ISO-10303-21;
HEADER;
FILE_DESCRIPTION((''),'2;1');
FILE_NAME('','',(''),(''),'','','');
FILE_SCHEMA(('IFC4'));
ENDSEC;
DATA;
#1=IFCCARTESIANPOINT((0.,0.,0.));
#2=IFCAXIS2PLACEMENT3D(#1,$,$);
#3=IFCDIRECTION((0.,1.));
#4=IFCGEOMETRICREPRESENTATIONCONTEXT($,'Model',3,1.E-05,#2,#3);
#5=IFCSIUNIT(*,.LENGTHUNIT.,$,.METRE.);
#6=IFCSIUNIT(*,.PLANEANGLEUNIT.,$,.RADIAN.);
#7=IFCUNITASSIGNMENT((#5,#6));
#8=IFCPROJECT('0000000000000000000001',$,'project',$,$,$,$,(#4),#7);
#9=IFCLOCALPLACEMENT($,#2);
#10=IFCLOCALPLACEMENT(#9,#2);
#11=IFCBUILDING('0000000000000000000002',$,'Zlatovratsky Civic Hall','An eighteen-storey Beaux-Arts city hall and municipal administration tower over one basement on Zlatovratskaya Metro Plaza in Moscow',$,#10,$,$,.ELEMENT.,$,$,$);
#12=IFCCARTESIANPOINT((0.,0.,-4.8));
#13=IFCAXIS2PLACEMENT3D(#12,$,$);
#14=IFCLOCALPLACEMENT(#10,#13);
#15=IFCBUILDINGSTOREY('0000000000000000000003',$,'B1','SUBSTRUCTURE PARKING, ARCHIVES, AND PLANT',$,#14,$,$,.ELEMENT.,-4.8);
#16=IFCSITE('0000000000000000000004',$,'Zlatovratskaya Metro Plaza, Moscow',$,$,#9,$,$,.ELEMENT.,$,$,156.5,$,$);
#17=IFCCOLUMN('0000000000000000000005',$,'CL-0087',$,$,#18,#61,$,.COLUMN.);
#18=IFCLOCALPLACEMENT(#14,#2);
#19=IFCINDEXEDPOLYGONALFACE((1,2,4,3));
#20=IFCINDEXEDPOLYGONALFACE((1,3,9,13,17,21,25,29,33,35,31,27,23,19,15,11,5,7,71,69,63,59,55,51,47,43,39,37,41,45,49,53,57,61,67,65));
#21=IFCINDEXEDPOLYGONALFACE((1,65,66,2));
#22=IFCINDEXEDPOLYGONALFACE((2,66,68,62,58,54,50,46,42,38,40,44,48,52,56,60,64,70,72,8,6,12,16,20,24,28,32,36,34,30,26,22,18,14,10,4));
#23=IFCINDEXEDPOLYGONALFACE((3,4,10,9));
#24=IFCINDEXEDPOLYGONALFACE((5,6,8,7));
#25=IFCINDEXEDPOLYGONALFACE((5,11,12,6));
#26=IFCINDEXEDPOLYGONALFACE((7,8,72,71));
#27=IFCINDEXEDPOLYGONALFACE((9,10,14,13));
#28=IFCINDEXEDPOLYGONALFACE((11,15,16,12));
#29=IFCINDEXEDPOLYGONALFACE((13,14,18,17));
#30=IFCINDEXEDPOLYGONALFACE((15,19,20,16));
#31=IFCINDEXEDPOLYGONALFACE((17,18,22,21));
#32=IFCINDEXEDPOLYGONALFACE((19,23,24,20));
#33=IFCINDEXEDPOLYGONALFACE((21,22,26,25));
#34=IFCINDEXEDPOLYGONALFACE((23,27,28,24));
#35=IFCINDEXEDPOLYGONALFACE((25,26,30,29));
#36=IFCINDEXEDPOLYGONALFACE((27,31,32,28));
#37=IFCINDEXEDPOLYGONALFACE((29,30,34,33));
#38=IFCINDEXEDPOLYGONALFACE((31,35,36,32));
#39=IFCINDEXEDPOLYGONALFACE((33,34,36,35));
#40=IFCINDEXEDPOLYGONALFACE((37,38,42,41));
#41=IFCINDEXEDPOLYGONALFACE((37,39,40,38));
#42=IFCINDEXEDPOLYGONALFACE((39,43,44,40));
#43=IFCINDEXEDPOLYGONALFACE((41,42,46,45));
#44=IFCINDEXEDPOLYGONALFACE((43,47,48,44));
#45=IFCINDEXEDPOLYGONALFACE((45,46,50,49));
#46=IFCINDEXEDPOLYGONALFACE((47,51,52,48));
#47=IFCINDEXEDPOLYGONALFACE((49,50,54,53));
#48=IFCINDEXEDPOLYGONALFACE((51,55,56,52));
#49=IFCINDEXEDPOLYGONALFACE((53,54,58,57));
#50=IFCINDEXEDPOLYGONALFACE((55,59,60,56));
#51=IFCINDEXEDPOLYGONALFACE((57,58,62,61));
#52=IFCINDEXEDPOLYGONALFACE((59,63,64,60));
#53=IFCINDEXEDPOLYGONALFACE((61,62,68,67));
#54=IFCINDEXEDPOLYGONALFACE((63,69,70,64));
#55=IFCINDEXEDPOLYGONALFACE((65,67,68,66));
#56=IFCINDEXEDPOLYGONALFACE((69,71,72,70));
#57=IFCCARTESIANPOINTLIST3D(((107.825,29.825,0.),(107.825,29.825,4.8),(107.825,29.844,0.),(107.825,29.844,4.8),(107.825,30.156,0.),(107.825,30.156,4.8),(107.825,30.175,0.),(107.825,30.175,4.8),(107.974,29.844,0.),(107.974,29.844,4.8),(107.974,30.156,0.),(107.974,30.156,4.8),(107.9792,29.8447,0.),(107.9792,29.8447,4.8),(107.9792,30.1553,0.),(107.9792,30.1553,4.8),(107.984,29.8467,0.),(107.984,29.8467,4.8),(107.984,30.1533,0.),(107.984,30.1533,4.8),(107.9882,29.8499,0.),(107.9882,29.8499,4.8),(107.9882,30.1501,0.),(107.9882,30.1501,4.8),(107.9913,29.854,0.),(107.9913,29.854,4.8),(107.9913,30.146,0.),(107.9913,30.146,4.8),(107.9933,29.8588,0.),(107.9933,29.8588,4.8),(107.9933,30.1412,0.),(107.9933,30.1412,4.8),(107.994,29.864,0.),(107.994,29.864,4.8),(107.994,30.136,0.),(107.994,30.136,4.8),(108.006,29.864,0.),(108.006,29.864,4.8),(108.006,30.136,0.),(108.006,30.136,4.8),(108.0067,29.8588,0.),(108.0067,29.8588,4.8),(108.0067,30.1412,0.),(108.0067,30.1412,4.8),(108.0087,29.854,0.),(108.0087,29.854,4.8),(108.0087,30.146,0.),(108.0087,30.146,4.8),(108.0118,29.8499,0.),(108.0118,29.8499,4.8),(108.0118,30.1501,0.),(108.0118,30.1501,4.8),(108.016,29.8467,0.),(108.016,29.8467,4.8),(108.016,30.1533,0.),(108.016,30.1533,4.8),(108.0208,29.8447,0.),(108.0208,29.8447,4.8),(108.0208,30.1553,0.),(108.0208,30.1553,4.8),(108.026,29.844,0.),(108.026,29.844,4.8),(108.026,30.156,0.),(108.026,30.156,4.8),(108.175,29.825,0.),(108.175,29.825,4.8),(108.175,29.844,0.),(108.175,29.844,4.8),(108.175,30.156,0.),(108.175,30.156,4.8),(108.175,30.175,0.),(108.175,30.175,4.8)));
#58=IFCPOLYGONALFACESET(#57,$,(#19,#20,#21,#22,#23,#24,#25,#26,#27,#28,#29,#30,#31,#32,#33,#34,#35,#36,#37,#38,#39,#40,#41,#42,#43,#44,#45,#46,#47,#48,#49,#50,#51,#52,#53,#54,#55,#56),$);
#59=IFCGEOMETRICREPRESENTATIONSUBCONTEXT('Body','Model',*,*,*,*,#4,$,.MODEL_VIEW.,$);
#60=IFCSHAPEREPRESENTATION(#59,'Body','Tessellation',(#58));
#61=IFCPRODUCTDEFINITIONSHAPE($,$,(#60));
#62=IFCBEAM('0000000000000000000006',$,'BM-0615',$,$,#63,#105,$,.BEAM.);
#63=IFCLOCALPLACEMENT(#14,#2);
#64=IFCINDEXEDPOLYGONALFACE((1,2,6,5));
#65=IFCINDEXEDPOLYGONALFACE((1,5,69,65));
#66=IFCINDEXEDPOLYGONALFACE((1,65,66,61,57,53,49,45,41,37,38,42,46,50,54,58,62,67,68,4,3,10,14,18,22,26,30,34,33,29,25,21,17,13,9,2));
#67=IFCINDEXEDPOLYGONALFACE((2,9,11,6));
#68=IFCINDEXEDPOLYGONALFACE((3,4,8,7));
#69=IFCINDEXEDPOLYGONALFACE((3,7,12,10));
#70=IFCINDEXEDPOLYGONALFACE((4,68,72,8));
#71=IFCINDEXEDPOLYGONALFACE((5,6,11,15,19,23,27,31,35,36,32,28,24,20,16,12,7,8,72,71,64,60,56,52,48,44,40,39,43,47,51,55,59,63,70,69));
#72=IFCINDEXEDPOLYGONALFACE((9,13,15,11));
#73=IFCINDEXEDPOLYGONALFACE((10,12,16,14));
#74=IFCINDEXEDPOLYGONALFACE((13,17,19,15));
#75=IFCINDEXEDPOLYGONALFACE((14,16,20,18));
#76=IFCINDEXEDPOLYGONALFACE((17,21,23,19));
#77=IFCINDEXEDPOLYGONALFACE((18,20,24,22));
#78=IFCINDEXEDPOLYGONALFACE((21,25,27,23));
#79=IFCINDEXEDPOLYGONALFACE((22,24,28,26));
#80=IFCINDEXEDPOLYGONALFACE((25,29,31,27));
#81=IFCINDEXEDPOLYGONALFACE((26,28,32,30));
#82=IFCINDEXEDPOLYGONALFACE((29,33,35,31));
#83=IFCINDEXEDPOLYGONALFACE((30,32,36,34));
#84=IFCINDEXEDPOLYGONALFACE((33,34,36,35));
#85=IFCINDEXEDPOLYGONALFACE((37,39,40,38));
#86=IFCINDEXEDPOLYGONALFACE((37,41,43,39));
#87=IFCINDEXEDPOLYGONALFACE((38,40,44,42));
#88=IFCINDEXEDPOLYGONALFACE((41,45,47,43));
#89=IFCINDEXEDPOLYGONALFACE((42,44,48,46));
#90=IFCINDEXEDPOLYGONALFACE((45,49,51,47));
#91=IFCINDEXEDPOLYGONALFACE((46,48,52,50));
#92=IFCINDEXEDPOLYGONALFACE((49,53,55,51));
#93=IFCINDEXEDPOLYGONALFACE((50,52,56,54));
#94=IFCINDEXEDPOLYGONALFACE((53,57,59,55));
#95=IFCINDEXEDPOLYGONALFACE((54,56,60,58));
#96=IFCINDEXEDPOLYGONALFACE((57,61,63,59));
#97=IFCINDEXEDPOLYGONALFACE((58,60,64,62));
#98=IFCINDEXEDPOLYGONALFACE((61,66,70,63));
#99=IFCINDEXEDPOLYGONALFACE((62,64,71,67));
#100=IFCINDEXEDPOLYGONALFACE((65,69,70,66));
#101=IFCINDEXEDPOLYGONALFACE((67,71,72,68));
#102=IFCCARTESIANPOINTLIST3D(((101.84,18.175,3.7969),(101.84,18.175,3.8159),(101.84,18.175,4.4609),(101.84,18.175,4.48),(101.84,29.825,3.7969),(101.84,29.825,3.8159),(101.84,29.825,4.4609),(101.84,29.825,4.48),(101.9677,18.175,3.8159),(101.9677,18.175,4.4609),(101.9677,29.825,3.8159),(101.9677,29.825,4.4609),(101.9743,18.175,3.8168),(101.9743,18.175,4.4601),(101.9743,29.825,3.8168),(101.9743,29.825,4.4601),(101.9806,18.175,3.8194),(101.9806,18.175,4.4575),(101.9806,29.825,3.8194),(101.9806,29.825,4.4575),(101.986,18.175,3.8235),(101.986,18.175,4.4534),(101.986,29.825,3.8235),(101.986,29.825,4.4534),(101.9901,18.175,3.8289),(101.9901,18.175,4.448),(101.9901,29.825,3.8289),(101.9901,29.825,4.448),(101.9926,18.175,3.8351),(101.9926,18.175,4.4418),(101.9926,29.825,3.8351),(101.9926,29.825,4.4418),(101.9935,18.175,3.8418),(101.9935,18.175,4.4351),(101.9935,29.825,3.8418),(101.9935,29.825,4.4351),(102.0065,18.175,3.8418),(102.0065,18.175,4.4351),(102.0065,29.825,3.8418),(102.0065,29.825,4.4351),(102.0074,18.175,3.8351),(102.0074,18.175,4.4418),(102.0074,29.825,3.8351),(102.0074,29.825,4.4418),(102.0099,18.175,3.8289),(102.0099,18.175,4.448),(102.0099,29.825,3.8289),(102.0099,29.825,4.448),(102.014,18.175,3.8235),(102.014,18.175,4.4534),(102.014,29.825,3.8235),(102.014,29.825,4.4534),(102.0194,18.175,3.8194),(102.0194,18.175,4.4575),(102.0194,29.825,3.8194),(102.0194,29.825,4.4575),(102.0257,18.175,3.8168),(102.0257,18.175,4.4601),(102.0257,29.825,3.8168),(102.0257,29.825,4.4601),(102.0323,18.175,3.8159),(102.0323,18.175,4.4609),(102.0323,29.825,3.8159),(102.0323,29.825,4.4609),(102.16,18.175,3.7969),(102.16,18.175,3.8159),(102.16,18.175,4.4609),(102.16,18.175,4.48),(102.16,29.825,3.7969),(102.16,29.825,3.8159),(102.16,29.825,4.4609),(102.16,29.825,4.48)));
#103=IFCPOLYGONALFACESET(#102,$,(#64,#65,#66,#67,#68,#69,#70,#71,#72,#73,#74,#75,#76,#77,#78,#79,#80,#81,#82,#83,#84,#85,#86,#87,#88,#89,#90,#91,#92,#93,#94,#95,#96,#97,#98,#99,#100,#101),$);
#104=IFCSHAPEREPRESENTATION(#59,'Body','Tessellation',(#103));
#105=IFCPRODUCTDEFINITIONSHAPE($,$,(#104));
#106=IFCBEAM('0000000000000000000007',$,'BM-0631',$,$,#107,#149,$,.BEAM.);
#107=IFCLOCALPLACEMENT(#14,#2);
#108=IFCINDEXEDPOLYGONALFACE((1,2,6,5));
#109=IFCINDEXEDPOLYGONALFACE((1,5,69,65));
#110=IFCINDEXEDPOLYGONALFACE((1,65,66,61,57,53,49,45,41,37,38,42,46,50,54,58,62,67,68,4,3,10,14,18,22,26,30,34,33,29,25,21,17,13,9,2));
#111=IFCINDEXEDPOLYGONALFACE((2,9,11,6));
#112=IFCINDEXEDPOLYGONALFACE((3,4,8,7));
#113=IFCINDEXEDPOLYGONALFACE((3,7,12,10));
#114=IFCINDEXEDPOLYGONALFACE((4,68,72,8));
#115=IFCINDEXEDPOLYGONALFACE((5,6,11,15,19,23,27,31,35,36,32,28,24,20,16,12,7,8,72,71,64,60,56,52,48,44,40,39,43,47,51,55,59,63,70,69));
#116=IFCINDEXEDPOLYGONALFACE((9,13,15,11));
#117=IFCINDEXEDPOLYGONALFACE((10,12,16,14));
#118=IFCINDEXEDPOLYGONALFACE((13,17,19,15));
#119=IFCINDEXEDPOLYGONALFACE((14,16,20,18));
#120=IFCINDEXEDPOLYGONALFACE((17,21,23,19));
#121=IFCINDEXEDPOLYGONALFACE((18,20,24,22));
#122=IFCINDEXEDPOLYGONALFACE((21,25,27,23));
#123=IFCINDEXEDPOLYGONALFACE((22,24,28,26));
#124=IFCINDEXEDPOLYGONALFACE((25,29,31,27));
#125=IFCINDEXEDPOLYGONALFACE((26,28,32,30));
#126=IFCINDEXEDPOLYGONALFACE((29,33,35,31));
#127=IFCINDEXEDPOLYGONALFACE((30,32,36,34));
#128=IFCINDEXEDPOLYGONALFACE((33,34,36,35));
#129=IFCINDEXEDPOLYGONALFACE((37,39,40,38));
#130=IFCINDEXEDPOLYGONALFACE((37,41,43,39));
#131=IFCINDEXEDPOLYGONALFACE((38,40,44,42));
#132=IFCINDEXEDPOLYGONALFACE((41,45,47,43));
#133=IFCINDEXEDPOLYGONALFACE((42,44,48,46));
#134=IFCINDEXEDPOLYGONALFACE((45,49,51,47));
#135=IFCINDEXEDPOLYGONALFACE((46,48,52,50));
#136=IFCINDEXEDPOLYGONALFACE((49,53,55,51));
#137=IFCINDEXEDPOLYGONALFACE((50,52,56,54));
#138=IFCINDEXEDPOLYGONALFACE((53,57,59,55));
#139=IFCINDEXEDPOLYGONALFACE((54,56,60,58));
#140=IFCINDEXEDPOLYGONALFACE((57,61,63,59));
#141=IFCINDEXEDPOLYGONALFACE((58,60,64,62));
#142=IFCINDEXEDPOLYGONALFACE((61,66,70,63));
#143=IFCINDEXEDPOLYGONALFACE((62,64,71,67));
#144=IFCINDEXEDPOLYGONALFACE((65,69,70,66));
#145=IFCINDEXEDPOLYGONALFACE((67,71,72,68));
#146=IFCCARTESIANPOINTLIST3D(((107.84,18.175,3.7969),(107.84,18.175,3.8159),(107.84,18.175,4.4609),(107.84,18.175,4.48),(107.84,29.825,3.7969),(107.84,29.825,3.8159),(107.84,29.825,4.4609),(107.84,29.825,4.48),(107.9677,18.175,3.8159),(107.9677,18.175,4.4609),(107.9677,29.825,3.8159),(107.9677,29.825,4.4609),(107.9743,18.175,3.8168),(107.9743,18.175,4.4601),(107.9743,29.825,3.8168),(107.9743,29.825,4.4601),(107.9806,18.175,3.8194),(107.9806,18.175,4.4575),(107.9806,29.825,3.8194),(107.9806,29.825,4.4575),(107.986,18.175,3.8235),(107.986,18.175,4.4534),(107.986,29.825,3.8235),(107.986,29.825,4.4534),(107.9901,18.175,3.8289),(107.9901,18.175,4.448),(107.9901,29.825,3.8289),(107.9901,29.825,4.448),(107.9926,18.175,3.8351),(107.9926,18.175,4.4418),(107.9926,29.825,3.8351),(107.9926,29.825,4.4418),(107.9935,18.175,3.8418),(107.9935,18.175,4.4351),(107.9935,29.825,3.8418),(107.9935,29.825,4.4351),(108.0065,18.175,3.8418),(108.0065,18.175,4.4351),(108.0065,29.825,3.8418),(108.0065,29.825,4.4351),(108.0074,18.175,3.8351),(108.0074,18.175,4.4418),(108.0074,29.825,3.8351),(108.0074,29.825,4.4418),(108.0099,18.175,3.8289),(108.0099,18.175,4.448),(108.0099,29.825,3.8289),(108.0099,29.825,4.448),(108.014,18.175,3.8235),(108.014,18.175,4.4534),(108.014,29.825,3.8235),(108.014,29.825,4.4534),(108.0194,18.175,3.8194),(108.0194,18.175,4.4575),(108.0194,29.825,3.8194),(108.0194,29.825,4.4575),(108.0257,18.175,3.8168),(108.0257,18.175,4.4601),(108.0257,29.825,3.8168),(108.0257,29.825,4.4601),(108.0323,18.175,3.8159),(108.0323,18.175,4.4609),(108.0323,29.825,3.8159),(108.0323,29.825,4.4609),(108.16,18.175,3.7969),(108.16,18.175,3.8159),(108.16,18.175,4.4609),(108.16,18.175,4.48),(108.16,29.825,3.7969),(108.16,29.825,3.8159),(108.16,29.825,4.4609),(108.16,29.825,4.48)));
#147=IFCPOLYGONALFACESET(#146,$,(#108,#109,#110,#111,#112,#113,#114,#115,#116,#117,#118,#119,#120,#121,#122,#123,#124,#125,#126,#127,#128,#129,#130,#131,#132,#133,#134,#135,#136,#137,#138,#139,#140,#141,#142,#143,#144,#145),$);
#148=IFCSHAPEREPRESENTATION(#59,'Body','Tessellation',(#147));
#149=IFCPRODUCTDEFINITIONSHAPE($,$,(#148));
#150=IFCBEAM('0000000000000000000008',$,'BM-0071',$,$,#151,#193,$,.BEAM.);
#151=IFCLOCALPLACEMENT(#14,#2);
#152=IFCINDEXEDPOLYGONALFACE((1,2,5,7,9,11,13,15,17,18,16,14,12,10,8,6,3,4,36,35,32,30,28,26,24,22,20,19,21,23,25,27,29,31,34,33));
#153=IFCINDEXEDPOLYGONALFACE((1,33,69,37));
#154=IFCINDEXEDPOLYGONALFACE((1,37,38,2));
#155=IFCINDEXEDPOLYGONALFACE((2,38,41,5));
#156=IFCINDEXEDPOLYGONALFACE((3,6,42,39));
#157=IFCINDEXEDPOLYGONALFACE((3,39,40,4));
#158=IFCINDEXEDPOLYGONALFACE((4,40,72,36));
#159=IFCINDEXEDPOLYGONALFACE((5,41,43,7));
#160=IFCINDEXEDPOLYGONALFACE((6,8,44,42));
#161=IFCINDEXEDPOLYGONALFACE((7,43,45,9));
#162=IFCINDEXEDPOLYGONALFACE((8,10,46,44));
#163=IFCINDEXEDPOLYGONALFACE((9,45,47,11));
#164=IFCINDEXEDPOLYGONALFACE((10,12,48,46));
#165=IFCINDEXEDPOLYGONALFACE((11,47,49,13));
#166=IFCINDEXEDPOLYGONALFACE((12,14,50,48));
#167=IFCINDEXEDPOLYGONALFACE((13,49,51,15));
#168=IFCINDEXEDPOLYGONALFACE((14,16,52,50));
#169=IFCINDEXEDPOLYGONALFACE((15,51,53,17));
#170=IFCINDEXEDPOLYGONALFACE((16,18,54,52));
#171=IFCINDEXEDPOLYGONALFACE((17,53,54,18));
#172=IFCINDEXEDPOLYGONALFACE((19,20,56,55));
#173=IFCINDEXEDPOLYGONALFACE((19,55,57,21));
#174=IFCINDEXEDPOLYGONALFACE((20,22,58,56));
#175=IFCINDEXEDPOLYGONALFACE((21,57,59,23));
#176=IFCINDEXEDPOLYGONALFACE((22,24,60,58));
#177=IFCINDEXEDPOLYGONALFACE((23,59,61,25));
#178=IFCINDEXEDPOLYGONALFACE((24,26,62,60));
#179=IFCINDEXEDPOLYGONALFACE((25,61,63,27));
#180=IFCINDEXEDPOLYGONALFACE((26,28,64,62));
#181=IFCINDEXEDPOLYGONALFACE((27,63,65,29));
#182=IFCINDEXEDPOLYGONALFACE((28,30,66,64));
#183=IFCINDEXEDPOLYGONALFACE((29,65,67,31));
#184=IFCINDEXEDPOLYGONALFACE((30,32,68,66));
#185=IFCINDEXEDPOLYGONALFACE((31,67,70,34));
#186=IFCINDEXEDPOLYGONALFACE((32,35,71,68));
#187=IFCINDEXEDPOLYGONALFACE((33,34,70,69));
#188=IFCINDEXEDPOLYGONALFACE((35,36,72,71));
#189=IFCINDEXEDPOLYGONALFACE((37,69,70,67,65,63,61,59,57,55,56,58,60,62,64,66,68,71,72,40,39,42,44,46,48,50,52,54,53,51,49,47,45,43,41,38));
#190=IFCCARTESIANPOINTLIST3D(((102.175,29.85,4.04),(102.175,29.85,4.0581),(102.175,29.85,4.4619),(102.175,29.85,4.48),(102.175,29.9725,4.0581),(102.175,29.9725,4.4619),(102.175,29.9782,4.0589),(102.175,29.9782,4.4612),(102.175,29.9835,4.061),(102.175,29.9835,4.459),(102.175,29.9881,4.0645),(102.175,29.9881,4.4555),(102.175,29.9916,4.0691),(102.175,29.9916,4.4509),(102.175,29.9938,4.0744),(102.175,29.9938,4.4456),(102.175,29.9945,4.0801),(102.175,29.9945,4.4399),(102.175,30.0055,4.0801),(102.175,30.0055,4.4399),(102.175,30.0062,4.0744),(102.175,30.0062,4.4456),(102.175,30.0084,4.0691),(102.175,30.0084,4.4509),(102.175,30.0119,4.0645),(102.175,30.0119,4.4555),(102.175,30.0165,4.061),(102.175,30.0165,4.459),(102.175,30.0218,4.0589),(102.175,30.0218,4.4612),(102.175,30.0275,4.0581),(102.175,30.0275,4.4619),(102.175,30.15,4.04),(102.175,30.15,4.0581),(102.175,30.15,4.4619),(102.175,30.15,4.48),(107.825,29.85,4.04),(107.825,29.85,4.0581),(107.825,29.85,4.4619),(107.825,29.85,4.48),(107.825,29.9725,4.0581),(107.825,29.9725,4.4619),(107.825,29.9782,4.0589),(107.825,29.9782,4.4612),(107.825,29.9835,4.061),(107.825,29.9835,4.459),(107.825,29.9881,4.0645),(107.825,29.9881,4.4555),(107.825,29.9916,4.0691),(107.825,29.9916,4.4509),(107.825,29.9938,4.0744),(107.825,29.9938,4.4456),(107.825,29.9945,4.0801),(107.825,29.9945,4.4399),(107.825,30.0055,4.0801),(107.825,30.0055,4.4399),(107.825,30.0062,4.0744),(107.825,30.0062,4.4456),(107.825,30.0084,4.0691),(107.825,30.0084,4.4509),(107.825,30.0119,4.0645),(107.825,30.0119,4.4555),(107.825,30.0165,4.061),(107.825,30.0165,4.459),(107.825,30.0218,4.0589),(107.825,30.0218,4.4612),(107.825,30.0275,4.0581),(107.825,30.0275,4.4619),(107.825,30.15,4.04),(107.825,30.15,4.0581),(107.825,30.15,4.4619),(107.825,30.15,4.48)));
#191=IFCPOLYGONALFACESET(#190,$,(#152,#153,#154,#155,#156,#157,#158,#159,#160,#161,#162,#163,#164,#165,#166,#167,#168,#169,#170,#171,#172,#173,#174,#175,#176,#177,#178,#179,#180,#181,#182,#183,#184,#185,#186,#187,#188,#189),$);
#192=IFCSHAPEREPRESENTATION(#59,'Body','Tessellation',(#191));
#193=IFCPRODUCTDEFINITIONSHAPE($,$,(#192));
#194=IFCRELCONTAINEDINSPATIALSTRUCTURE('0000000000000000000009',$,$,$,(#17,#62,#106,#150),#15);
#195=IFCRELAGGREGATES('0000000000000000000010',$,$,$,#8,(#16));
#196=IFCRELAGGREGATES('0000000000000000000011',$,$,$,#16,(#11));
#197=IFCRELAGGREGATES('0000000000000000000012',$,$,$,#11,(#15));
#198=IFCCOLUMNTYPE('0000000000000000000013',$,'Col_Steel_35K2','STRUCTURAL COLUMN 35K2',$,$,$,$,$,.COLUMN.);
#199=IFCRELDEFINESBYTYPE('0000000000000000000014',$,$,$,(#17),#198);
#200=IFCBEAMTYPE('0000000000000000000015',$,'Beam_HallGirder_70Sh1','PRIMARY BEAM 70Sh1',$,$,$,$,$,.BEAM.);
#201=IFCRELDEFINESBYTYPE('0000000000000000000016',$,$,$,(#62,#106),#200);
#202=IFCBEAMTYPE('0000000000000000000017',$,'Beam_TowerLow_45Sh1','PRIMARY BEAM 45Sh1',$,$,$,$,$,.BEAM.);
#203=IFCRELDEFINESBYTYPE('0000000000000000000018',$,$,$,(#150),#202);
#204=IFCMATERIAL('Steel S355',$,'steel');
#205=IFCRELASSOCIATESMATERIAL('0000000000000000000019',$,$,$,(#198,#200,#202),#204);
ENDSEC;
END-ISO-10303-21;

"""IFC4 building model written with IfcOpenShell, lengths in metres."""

from ifc_helpers import new_model, si_unit, direction, frame, origin, origin_2d, place, context, subcontext, project, spatial, i_section, extrude, material, material_profile, profile_set, type_object, element, save


model = new_model("IFC4")

# Units and contexts
model_context = context("Model", 3, precision=1e-05, world=origin(), true_north=direction((0.0, 1.0)))
body_context = subcontext(model_context, "Body", "Model", "MODEL_VIEW")
ifc_project = project(units=[si_unit("LENGTHUNIT", "METRE"), si_unit("PLANEANGLEUNIT", "RADIAN")], contexts=[model_context])

# Site, building, storey
site_placement = place(None, origin())
site = spatial("IfcSite", under=ifc_project, at=site_placement, Name="Zlatovratskaya Metro Plaza, Moscow", CompositionType="ELEMENT", RefElevation=156.5)
building_placement = place(site_placement, origin())
building = spatial("IfcBuilding", under=site, at=building_placement, Name="Zlatovratsky Civic Hall", Description="An eighteen-storey Beaux-Arts city hall and municipal administration tower over one basement on Zlatovratskaya Metro Plaza in Moscow", CompositionType="ELEMENT")
storey_placement = place(building_placement, frame((0.0, 0.0, -4.8)))
storey = spatial("IfcBuildingStorey", under=building, at=storey_placement, Name="B1", Description="SUBSTRUCTURE PARKING, ARCHIVES, AND PLANT", CompositionType="ELEMENT", Elevation=-4.8)

# Column
ifc_material_1 = material(Name="Steel S355", Category="steel")
ifc_material_profile_1 = material_profile(ifc_material_1, i_section(OverallWidth=0.3501, OverallDepth=0.3501, WebThickness=0.012, FlangeThickness=0.019, FilletRadius=0.02, at=origin_2d()), Name="35K2")
ifc_profile_set_1 = profile_set([ifc_material_profile_1], Name="Steel S355")
column_type = type_object("IfcColumnType", Name="Col_Steel_35K2", Description="STRUCTURAL COLUMN 35K2", PredefinedType="COLUMN", material=ifc_profile_set_1)
for number, where, z_axis, x_axis, name in (
    (1, (108.0, 30.0, 0.0), (0.0, 0.0, 1.0), (1.0, 0.0, 0.0), "CL-0087"),
):
    element("IfcColumn", number, at=place(storey_placement, frame(where, z_axis=z_axis, x_axis=x_axis)), inside=storey, type_object=column_type, Name=name, PredefinedType="COLUMN", context=body_context, shape_type="SweptSolid", body=[
        extrude(i_section(OverallWidth=0.3501, OverallDepth=0.3501, WebThickness=0.012, FlangeThickness=0.019, FilletRadius=0.02, at=origin_2d()), origin(), (0.0, 0.0, 1.0), 4.8),
    ])

# Beams
ifc_material_profile_2 = material_profile(ifc_material_1, i_section(OverallWidth=0.3201, OverallDepth=0.6831, WebThickness=0.0129, FlangeThickness=0.019, FilletRadius=0.0259, at=origin_2d()), Name="70Sh1")
ifc_profile_set_2 = profile_set([ifc_material_profile_2], Name="Steel S355")
beam_type_1 = type_object("IfcBeamType", Name="Beam_HallGirder_70Sh1", Description="PRIMARY BEAM 70Sh1", PredefinedType="BEAM", material=ifc_profile_set_2)
for number, where, z_axis, x_axis, name in (
    (2, (102.0, 18.175, 4.1384), (0.0, 1.0, 0.0), (-1.0, 0.0, 0.0), "BM-0615"),
    (3, (108.0, 18.175, 4.1384), (0.0, 1.0, 0.0), (-1.0, 0.0, 0.0), "BM-0631"),
):
    element("IfcBeam", number, at=place(storey_placement, frame(where, z_axis=z_axis, x_axis=x_axis)), inside=storey, type_object=beam_type_1, Name=name, PredefinedType="BEAM", context=body_context, shape_type="SweptSolid", body=[
        extrude(i_section(OverallWidth=0.3201, OverallDepth=0.6831, WebThickness=0.0129, FlangeThickness=0.019, FilletRadius=0.0259, at=origin_2d()), origin(), (0.0, 0.0, 1.0), 11.6499),
    ])
ifc_material_profile_3 = material_profile(ifc_material_1, i_section(OverallWidth=0.3, OverallDepth=0.4399, WebThickness=0.011, FlangeThickness=0.0181, FilletRadius=0.022, at=origin_2d()), Name="45Sh1")
ifc_profile_set_3 = profile_set([ifc_material_profile_3], Name="Steel S355")
beam_type_2 = type_object("IfcBeamType", Name="Beam_TowerLow_45Sh1", Description="PRIMARY BEAM 45Sh1", PredefinedType="BEAM", material=ifc_profile_set_3)
for number, where, z_axis, x_axis, name in (
    (4, (102.175, 30.0, 4.26), (1.0, 0.0, 0.0), (0.0, 1.0, 0.0), "BM-0071"),
):
    element("IfcBeam", number, at=place(storey_placement, frame(where, z_axis=z_axis, x_axis=x_axis)), inside=storey, type_object=beam_type_2, Name=name, PredefinedType="BEAM", context=body_context, shape_type="SweptSolid", body=[
        extrude(i_section(OverallWidth=0.3, OverallDepth=0.4399, WebThickness=0.011, FlangeThickness=0.0181, FilletRadius=0.022, at=origin_2d()), origin(), (0.0, 0.0, 1.0), 5.6499),
    ])

save(model, "model.ifc")
